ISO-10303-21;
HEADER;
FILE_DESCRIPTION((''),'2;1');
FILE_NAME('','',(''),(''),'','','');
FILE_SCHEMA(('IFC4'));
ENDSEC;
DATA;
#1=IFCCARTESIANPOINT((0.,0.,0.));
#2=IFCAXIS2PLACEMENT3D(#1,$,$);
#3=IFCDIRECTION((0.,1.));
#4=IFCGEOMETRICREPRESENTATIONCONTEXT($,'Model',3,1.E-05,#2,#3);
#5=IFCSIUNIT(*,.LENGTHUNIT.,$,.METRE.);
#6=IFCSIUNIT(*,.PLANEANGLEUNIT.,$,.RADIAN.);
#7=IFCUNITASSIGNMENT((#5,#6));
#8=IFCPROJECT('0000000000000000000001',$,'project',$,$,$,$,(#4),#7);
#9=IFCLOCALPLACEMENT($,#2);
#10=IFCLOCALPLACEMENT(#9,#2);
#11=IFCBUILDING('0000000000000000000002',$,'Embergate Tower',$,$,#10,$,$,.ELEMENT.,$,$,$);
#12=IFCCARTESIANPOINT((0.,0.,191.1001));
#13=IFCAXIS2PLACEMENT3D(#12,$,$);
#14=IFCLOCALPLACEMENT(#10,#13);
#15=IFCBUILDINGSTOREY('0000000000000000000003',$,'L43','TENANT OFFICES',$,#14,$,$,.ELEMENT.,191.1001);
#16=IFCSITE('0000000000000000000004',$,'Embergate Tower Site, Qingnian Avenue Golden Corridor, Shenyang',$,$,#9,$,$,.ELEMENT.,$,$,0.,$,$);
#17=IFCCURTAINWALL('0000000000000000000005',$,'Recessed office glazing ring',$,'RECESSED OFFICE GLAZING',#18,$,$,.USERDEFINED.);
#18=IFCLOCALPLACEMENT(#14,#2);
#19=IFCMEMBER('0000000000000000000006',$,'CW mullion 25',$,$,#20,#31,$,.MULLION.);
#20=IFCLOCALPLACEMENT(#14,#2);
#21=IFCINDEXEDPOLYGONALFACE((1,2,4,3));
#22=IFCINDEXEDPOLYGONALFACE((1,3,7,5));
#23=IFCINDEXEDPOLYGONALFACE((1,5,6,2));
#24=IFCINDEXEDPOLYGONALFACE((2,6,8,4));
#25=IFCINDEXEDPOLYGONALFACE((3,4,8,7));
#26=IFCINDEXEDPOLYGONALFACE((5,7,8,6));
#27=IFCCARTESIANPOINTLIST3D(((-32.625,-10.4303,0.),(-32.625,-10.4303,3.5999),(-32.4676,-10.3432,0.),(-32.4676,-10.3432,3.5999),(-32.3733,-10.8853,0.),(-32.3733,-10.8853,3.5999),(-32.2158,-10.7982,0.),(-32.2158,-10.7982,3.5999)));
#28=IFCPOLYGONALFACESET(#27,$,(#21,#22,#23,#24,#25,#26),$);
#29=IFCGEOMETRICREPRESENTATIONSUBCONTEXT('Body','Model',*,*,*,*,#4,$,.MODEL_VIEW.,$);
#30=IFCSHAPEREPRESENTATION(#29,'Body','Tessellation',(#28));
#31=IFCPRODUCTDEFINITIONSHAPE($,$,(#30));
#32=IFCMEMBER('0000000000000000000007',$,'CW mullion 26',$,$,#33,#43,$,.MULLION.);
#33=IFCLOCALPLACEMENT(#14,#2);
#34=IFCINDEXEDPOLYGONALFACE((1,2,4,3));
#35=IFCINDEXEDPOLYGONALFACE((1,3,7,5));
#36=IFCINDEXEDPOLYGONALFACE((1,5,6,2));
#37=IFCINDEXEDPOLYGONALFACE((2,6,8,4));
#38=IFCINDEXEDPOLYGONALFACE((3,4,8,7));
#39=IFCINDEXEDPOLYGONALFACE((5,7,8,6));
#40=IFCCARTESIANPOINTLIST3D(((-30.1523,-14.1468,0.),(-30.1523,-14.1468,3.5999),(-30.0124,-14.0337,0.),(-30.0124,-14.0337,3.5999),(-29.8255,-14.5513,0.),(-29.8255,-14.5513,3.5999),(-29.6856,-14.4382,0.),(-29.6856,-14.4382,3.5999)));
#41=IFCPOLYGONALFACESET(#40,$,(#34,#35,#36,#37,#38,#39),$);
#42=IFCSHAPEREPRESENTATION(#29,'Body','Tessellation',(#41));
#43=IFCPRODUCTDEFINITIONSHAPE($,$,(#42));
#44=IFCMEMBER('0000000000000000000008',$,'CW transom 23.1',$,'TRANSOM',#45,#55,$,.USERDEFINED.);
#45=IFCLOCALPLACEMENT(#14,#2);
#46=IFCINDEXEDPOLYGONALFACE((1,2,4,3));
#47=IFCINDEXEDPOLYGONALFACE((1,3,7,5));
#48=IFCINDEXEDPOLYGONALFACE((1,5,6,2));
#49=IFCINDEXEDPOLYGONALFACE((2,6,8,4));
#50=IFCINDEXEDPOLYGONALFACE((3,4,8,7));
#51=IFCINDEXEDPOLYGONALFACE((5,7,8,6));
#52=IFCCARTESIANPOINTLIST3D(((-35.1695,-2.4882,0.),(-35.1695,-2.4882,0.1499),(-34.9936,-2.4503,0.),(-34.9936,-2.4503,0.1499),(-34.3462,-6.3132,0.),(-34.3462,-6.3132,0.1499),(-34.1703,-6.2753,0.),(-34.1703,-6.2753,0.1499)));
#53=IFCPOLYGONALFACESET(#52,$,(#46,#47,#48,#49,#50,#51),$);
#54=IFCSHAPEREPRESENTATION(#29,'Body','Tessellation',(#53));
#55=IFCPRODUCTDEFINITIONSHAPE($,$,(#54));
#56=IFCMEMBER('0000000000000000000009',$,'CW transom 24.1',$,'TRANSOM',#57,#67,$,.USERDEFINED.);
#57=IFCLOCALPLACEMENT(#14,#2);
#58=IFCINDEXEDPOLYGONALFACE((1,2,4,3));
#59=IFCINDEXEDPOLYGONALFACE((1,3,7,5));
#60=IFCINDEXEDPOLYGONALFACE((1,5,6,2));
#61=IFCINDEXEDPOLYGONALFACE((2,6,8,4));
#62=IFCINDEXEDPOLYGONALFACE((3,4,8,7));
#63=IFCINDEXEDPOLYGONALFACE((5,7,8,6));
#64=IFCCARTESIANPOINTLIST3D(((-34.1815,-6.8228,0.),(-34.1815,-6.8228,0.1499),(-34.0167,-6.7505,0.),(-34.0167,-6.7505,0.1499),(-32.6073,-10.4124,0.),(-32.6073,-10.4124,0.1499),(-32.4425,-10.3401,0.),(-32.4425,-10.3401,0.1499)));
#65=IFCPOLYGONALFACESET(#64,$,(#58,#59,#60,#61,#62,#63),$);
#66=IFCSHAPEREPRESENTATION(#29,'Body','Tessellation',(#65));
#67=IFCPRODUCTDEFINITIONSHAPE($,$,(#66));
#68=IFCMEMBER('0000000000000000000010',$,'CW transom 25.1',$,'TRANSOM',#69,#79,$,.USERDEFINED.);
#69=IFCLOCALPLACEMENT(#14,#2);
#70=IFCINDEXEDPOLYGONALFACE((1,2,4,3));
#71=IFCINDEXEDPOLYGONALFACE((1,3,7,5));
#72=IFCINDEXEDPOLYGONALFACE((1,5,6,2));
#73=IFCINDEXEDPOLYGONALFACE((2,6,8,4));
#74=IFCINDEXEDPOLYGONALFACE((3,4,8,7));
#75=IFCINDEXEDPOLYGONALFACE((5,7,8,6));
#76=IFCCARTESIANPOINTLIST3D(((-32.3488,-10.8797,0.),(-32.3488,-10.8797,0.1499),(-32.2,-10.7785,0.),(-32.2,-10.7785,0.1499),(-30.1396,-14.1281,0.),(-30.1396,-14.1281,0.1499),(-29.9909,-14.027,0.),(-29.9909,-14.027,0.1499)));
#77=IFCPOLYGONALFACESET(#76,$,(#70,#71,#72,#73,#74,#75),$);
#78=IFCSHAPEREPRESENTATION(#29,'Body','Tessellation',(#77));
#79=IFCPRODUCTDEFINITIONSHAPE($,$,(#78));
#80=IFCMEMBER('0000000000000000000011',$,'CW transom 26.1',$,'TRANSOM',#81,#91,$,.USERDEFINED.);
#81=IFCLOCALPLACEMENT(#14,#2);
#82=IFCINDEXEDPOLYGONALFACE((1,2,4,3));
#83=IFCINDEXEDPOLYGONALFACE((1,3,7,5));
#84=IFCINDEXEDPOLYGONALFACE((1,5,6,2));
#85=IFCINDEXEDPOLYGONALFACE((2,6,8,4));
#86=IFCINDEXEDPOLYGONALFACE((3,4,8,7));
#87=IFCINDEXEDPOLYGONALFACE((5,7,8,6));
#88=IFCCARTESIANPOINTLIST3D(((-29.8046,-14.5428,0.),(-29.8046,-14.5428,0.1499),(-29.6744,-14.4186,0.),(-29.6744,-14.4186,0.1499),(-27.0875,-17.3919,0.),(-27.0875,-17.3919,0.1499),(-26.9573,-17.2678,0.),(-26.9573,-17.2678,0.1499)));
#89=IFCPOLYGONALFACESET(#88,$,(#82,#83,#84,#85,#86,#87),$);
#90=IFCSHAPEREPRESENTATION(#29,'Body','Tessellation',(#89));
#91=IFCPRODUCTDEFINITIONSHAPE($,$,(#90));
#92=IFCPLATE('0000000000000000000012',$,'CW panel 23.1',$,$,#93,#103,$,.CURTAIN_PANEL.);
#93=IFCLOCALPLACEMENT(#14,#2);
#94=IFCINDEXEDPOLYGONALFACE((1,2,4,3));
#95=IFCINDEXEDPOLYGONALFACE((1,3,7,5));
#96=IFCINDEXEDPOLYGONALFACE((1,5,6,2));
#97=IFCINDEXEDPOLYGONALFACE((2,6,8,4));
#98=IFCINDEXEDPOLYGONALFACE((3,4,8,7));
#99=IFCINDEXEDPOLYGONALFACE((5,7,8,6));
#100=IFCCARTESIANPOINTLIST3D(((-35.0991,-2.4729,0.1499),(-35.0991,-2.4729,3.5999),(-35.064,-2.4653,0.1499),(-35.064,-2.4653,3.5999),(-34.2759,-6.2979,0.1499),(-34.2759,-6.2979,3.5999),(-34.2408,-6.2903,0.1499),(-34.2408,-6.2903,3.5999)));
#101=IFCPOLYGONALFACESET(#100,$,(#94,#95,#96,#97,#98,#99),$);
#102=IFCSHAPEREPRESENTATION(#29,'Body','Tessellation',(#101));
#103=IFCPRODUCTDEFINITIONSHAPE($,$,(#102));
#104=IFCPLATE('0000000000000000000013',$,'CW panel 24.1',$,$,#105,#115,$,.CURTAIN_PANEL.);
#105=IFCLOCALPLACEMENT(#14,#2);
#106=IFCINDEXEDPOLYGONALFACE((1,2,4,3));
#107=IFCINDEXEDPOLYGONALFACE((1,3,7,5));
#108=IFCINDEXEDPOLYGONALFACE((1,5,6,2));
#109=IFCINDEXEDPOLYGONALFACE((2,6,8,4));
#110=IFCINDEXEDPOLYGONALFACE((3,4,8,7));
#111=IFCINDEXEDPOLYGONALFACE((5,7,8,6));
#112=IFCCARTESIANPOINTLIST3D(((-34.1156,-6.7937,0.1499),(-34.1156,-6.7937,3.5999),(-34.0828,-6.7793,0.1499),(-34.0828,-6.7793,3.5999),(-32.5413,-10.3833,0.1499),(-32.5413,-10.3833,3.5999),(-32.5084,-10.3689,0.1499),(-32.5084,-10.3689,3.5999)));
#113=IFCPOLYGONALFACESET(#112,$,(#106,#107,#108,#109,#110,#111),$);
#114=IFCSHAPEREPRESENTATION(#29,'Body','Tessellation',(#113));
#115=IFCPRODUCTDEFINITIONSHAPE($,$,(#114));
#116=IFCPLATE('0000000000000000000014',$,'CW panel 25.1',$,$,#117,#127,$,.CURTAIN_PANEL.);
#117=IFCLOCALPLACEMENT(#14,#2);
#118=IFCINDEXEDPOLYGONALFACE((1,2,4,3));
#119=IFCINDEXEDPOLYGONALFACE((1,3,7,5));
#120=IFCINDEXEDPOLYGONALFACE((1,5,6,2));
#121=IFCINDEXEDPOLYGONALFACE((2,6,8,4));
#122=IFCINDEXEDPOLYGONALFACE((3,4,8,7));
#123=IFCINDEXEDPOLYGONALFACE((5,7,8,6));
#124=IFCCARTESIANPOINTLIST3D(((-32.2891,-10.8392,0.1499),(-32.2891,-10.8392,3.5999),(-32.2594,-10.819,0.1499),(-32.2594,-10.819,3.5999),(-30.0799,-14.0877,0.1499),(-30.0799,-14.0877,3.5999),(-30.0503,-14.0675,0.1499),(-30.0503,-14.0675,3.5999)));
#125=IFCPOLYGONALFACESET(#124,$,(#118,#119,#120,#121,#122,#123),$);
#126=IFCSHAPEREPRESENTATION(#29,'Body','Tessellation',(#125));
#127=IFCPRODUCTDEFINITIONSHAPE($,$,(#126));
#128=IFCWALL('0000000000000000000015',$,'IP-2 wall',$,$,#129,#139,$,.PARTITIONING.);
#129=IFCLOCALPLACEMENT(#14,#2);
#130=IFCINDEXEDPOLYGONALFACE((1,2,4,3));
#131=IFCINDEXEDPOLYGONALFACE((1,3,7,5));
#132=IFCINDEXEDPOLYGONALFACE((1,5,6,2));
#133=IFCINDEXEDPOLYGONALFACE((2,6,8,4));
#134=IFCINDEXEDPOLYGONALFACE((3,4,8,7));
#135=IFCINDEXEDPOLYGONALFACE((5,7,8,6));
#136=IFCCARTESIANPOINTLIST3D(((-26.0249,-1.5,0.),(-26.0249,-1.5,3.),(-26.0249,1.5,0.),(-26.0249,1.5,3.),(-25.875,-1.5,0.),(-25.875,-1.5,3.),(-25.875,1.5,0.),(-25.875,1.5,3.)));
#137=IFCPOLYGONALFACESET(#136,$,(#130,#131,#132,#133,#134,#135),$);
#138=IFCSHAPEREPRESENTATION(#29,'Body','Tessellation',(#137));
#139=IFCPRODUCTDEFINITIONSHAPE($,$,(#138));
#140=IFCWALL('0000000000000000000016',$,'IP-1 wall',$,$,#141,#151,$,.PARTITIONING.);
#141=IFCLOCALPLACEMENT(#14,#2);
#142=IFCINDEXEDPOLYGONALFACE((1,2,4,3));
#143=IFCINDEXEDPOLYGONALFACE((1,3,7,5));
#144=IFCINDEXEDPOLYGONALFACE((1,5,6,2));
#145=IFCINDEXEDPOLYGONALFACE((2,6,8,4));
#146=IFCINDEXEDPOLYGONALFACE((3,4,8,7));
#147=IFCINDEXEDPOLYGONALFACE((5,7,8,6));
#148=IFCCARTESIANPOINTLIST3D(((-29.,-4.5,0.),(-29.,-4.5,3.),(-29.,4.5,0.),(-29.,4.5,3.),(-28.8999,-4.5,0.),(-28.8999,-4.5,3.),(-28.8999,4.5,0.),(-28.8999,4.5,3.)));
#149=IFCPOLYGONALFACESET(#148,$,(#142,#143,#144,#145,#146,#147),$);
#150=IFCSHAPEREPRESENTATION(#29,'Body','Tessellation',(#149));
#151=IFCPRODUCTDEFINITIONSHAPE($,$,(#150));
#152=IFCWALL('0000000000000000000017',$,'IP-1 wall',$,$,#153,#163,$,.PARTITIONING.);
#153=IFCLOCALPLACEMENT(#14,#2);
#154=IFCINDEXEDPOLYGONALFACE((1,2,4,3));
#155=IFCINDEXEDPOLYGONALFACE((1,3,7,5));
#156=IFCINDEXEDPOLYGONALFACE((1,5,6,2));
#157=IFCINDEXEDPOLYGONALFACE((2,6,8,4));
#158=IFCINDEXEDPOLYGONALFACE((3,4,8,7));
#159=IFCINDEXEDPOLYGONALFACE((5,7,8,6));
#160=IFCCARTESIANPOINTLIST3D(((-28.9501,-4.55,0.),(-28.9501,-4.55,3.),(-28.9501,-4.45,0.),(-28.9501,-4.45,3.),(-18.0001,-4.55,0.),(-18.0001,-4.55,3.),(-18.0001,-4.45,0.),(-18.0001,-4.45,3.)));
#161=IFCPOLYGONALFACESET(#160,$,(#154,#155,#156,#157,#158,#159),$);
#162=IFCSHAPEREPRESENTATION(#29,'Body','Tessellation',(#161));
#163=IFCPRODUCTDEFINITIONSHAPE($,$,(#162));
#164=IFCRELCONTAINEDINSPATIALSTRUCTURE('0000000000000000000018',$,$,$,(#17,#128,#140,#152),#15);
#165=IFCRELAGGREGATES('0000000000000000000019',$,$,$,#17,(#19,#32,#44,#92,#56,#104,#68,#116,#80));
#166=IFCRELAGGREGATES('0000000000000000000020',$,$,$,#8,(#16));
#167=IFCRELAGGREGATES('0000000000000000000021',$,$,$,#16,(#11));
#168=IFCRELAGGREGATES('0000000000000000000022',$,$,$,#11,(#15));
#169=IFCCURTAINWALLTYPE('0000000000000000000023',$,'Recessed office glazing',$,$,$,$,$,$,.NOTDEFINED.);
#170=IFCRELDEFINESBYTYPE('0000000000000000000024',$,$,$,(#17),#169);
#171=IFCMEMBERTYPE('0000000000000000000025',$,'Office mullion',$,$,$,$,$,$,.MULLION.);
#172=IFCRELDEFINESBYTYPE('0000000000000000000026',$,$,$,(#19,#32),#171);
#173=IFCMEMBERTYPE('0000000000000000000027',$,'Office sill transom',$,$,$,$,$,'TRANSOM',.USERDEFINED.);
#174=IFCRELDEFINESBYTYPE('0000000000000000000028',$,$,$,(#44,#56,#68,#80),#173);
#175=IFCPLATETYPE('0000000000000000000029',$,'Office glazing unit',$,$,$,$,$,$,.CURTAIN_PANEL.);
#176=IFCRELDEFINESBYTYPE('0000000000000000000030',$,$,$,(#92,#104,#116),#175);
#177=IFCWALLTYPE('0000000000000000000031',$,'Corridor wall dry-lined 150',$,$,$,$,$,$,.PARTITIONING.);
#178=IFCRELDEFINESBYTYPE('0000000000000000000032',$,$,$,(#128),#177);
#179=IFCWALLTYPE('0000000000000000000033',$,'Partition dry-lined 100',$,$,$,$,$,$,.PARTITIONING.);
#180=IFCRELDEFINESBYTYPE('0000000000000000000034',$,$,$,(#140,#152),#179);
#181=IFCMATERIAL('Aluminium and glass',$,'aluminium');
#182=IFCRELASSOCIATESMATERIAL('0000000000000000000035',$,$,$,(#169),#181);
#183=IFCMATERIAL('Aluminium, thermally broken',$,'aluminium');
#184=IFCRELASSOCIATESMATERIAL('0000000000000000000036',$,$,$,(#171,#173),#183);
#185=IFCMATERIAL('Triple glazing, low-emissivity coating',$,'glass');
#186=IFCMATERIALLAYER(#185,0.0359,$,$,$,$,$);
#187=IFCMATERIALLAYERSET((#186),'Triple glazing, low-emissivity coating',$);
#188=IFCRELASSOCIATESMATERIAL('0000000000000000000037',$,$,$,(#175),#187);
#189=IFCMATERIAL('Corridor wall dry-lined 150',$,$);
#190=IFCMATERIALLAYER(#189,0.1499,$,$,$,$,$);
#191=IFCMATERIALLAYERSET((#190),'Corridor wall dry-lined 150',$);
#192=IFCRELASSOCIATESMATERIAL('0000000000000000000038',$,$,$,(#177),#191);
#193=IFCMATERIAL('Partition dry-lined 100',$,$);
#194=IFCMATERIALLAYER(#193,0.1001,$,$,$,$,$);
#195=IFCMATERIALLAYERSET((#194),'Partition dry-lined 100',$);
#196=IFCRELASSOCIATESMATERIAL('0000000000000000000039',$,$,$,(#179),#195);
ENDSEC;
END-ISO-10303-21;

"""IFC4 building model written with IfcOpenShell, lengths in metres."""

from ifc_helpers import new_model, si_unit, direction, frame, frame_2d, origin, origin_2d, place, context, subcontext, project, spatial, rectangle, extrude, source, transform, mapped, material, layer, layer_set, material_profile, profile_set, type_object, element, aggregate, save


model = new_model("IFC4")

# Units and contexts
model_context = context("Model", 3, precision=1e-05, world=origin(), true_north=direction((0.0, 1.0)))
body_context = subcontext(model_context, "Body", "Model", "MODEL_VIEW")
ifc_project = project(units=[si_unit("LENGTHUNIT", "METRE"), si_unit("PLANEANGLEUNIT", "RADIAN")], contexts=[model_context])

# Site, building, storey
site_placement = place(None, origin())
site = spatial("IfcSite", under=ifc_project, at=site_placement, Name="Embergate Tower Site, Qingnian Avenue Golden Corridor, Shenyang", CompositionType="ELEMENT", RefElevation=0.0)
building_placement = place(site_placement, origin())
building = spatial("IfcBuilding", under=site, at=building_placement, Name="Embergate Tower", CompositionType="ELEMENT")
storey_placement = place(building_placement, frame((0.0, 0.0, 191.1001)))
storey = spatial("IfcBuildingStorey", under=building, at=storey_placement, Name="L43", Description="TENANT OFFICES", CompositionType="ELEMENT", Elevation=191.1001)

# Curtain wall, members, plates
ifc_material_1 = material(Name="Aluminium and glass", Category="aluminium")
curtain_wall_type = type_object("IfcCurtainWallType", Name="Recessed office glazing", PredefinedType="NOTDEFINED", material=ifc_material_1)
curtain_wall_placement = place(storey_placement, origin())
curtain_wall = element("IfcCurtainWall", 1, at=curtain_wall_placement, inside=storey, type_object=curtain_wall_type, Name="Recessed office glazing ring", ObjectType="RECESSED OFFICE GLAZING", PredefinedType="USERDEFINED")
ifc_material_2 = material(Name="Aluminium, thermally broken", Category="aluminium")
ifc_material_profile_1 = material_profile(ifc_material_2, rectangle(XDim=0.1799, YDim=0.52, at=origin_2d()), Name="AL 520x180")
ifc_profile_set_1 = profile_set([ifc_material_profile_1], Name="Aluminium, thermally broken")
member_type_1 = type_object("IfcMemberType", Name="Office mullion", PredefinedType="MULLION", material=ifc_profile_set_1)
shared_shape_1 = source(origin(), body_context, "Body", "SweptSolid", [
    extrude(rectangle(XDim=0.1799, YDim=0.52, at=origin_2d()), origin(), (0.0, 0.0, 1.0), 3.5999),
])
member_1_placement = place(storey_placement, frame((-32.4204, -10.6143, 0.0), z_axis=(0.0, 0.0, 1.0), x_axis=(0.874999, 0.484124, 0.0)))
member_1 = element("IfcMember", 2, at=member_1_placement, type_object=member_type_1, Name="CW mullion 25", PredefinedType="MULLION", context=body_context, shape_type="MappedRepresentation", body=[
    mapped(shared_shape_1, transform((0.0, 0.0, 0.0))),
])
member_2_placement = place(storey_placement, frame((-29.9189, -14.2925, 0.0), z_axis=(0.0, 0.0, 1.0), x_axis=(0.777869, 0.628426, 0.0)))
member_2 = element("IfcMember", 3, at=member_2_placement, type_object=member_type_1, Name="CW mullion 26", PredefinedType="MULLION", context=body_context, shape_type="MappedRepresentation", body=[
    mapped(shared_shape_1, transform((0.0, 0.0, 0.0))),
])
ifc_material_profile_2 = material_profile(ifc_material_2, rectangle(XDim=0.1799, YDim=0.1499, at=origin_2d()), Name="AL 150x180")
ifc_profile_set_2 = profile_set([ifc_material_profile_2], Name="Aluminium, thermally broken")
member_type_2 = type_object("IfcMemberType", Name="Office sill transom", ElementType="TRANSOM", PredefinedType="USERDEFINED", material=ifc_profile_set_2)
shared_shape_2 = source(origin(), body_context, "Body", "SweptSolid", [
    extrude(rectangle(XDim=0.1799, YDim=0.1499, at=origin_2d()), origin(), (0.0, 0.0, 1.0), 3.9126),
])
member_3_placement = place(storey_placement, frame((-35.0815, -2.4692, 0.075), z_axis=(0.210411, -0.977613, 0.0), x_axis=(0.977613, 0.210411, 0.0)))
member_3 = element("IfcMember", 4, at=member_3_placement, type_object=member_type_2, Name="CW transom 23.1", ObjectType="TRANSOM", PredefinedType="USERDEFINED", context=body_context, shape_type="MappedRepresentation", body=[
    mapped(shared_shape_2, transform((0.0, 0.0, 0.0))),
])
shared_shape_3 = source(origin(), body_context, "Body", "SweptSolid", [
    extrude(rectangle(XDim=0.1799, YDim=0.1499, at=origin_2d()), origin(), (0.0, 0.0, 1.0), 3.9197),
])
member_4_placement = place(storey_placement, frame((-34.0991, -6.7866, 0.075), z_axis=(0.401626, -0.915804, 0.0), x_axis=(0.915804, 0.401626, 0.0)))
member_4 = element("IfcMember", 5, at=member_4_placement, type_object=member_type_2, Name="CW transom 24.1", ObjectType="TRANSOM", PredefinedType="USERDEFINED", context=body_context, shape_type="MappedRepresentation", body=[
    mapped(shared_shape_3, transform((0.0, 0.0, 0.0))),
])
shared_shape_4 = source(origin(), body_context, "Body", "SweptSolid", [
    extrude(rectangle(XDim=0.1799, YDim=0.1499, at=origin_2d()), origin(), (0.0, 0.0, 1.0), 3.9285),
])
member_5_placement = place(storey_placement, frame((-32.2744, -10.8291, 0.075), z_axis=(0.562349, -0.8269, 0.0), x_axis=(0.8269, 0.562349, 0.0)))
member_5 = element("IfcMember", 6, at=member_5_placement, type_object=member_type_2, Name="CW transom 25.1", ObjectType="TRANSOM", PredefinedType="USERDEFINED", context=body_context, shape_type="MappedRepresentation", body=[
    mapped(shared_shape_4, transform((0.0, 0.0, 0.0))),
])
shared_shape_5 = source(origin(), body_context, "Body", "SweptSolid", [
    extrude(rectangle(XDim=0.1799, YDim=0.1499, at=origin_2d()), origin(), (0.0, 0.0, 1.0), 3.937),
])
member_6_placement = place(storey_placement, frame((-29.7395, -14.4807, 0.075), z_axis=(0.690133, -0.723682, 0.0), x_axis=(0.723682, 0.690133, 0.0)))
member_6 = element("IfcMember", 7, at=member_6_placement, type_object=member_type_2, Name="CW transom 26.1", ObjectType="TRANSOM", PredefinedType="USERDEFINED", context=body_context, shape_type="MappedRepresentation", body=[
    mapped(shared_shape_5, transform((0.0, 0.0, 0.0))),
])
ifc_material_3 = material(Name="Triple glazing, low-emissivity coating", Category="glass")
ifc_layer_1 = layer(ifc_material_3, 0.0359)
ifc_layer_set_1 = layer_set([ifc_layer_1], Name="Triple glazing, low-emissivity coating")
plate_type = type_object("IfcPlateType", Name="Office glazing unit", PredefinedType="CURTAIN_PANEL", material=ifc_layer_set_1)
shared_shape_6 = source(origin(), body_context, "Body", "SweptSolid", [
    extrude(rectangle(XDim=3.9126, YDim=0.0359, at=origin_2d()), origin(), (0.0, 0.0, 1.0), 3.45),
])
plate_1_placement = place(storey_placement, frame((-34.6699, -4.3816, 0.1499), z_axis=(0.0, 0.0, 1.0), x_axis=(0.2104, -0.977615, 0.0)))
plate_1 = element("IfcPlate", 8, at=plate_1_placement, type_object=plate_type, Name="CW panel 23.1", PredefinedType="CURTAIN_PANEL", context=body_context, shape_type="MappedRepresentation", body=[
    mapped(shared_shape_6, transform((0.0, 0.0, 0.0))),
])
shared_shape_7 = source(origin(), body_context, "Body", "SweptSolid", [
    extrude(rectangle(XDim=3.9197, YDim=0.0359, at=origin_2d()), origin(), (0.0, 0.0, 1.0), 3.45),
])
plate_2_placement = place(storey_placement, frame((-33.312, -8.5813, 0.1499), z_axis=(0.0, 0.0, 1.0), x_axis=(0.401655, -0.915791, 0.0)))
plate_2 = element("IfcPlate", 9, at=plate_2_placement, type_object=plate_type, Name="CW panel 24.1", PredefinedType="CURTAIN_PANEL", context=body_context, shape_type="MappedRepresentation", body=[
    mapped(shared_shape_7, transform((0.0, 0.0, 0.0))),
])
shared_shape_8 = source(origin(), body_context, "Body", "SweptSolid", [
    extrude(rectangle(XDim=3.9285, YDim=0.0359, at=origin_2d()), origin(), (0.0, 0.0, 1.0), 3.45),
])
plate_3_placement = place(storey_placement, frame((-31.1697, -12.4534, 0.1499), z_axis=(0.0, 0.0, 1.0), x_axis=(0.562345, -0.826903, 0.0)))
plate_3 = element("IfcPlate", 10, at=plate_3_placement, type_object=plate_type, Name="CW panel 25.1", PredefinedType="CURTAIN_PANEL", context=body_context, shape_type="MappedRepresentation", body=[
    mapped(shared_shape_8, transform((0.0, 0.0, 0.0))),
])
aggregate(curtain_wall, [member_1, member_2, member_3, plate_1, member_4, plate_2, member_5, plate_3, member_6])

# Walls
ifc_material_4 = material(Name="Corridor wall dry-lined 150")
ifc_layer_2 = layer(ifc_material_4, 0.1499)
ifc_layer_set_2 = layer_set([ifc_layer_2], Name="Corridor wall dry-lined 150")
wall_type_1 = type_object("IfcWallType", Name="Corridor wall dry-lined 150", PredefinedType="PARTITIONING", material=ifc_layer_set_2)
shared_shape_9 = source(origin(), body_context, "Body", "SweptSolid", [
    extrude(rectangle(XDim=3.0, YDim=0.1499, at=frame_2d((1.5, 0.0))), origin(), (0.0, 0.0, 1.0), 3.0),
])
wall_1_placement = place(storey_placement, frame((-25.95, -1.5, 0.0), z_axis=(0.0, 0.0, 1.0), x_axis=(0.0, 1.0, 0.0)))
element("IfcWall", 11, at=wall_1_placement, inside=storey, type_object=wall_type_1, Name="IP-2 wall", PredefinedType="PARTITIONING", context=body_context, shape_type="MappedRepresentation", body=[
    mapped(shared_shape_9, transform((0.0, 0.0, 0.0))),
])
ifc_material_5 = material(Name="Partition dry-lined 100")
ifc_layer_3 = layer(ifc_material_5, 0.1001)
ifc_layer_set_3 = layer_set([ifc_layer_3], Name="Partition dry-lined 100")
wall_type_2 = type_object("IfcWallType", Name="Partition dry-lined 100", PredefinedType="PARTITIONING", material=ifc_layer_set_3)
shared_shape_10 = source(origin(), body_context, "Body", "SweptSolid", [
    extrude(rectangle(XDim=9.0, YDim=0.1001, at=frame_2d((4.5, 0.0))), origin(), (0.0, 0.0, 1.0), 3.0),
])
wall_2_placement = place(storey_placement, frame((-28.95, -4.5, 0.0), z_axis=(0.0, 0.0, 1.0), x_axis=(0.0, 1.0, 0.0)))
element("IfcWall", 12, at=wall_2_placement, inside=storey, type_object=wall_type_2, Name="IP-1 wall", PredefinedType="PARTITIONING", context=body_context, shape_type="MappedRepresentation", body=[
    mapped(shared_shape_10, transform((0.0, 0.0, 0.0))),
])
shared_shape_11 = source(origin(), body_context, "Body", "SweptSolid", [
    extrude(rectangle(XDim=10.95, YDim=0.1001, at=frame_2d((5.4751, 0.0))), origin(), (0.0, 0.0, 1.0), 3.0),
])
wall_3_placement = place(storey_placement, frame((-18.0, -4.5, 0.0), z_axis=(0.0, 0.0, 1.0), x_axis=(-1.0, 0.0, 0.0)))
element("IfcWall", 13, at=wall_3_placement, inside=storey, type_object=wall_type_2, Name="IP-1 wall", PredefinedType="PARTITIONING", context=body_context, shape_type="MappedRepresentation", body=[
    mapped(shared_shape_11, transform((0.0, 0.0, 0.0))),
])

save(model, "model.ifc")
